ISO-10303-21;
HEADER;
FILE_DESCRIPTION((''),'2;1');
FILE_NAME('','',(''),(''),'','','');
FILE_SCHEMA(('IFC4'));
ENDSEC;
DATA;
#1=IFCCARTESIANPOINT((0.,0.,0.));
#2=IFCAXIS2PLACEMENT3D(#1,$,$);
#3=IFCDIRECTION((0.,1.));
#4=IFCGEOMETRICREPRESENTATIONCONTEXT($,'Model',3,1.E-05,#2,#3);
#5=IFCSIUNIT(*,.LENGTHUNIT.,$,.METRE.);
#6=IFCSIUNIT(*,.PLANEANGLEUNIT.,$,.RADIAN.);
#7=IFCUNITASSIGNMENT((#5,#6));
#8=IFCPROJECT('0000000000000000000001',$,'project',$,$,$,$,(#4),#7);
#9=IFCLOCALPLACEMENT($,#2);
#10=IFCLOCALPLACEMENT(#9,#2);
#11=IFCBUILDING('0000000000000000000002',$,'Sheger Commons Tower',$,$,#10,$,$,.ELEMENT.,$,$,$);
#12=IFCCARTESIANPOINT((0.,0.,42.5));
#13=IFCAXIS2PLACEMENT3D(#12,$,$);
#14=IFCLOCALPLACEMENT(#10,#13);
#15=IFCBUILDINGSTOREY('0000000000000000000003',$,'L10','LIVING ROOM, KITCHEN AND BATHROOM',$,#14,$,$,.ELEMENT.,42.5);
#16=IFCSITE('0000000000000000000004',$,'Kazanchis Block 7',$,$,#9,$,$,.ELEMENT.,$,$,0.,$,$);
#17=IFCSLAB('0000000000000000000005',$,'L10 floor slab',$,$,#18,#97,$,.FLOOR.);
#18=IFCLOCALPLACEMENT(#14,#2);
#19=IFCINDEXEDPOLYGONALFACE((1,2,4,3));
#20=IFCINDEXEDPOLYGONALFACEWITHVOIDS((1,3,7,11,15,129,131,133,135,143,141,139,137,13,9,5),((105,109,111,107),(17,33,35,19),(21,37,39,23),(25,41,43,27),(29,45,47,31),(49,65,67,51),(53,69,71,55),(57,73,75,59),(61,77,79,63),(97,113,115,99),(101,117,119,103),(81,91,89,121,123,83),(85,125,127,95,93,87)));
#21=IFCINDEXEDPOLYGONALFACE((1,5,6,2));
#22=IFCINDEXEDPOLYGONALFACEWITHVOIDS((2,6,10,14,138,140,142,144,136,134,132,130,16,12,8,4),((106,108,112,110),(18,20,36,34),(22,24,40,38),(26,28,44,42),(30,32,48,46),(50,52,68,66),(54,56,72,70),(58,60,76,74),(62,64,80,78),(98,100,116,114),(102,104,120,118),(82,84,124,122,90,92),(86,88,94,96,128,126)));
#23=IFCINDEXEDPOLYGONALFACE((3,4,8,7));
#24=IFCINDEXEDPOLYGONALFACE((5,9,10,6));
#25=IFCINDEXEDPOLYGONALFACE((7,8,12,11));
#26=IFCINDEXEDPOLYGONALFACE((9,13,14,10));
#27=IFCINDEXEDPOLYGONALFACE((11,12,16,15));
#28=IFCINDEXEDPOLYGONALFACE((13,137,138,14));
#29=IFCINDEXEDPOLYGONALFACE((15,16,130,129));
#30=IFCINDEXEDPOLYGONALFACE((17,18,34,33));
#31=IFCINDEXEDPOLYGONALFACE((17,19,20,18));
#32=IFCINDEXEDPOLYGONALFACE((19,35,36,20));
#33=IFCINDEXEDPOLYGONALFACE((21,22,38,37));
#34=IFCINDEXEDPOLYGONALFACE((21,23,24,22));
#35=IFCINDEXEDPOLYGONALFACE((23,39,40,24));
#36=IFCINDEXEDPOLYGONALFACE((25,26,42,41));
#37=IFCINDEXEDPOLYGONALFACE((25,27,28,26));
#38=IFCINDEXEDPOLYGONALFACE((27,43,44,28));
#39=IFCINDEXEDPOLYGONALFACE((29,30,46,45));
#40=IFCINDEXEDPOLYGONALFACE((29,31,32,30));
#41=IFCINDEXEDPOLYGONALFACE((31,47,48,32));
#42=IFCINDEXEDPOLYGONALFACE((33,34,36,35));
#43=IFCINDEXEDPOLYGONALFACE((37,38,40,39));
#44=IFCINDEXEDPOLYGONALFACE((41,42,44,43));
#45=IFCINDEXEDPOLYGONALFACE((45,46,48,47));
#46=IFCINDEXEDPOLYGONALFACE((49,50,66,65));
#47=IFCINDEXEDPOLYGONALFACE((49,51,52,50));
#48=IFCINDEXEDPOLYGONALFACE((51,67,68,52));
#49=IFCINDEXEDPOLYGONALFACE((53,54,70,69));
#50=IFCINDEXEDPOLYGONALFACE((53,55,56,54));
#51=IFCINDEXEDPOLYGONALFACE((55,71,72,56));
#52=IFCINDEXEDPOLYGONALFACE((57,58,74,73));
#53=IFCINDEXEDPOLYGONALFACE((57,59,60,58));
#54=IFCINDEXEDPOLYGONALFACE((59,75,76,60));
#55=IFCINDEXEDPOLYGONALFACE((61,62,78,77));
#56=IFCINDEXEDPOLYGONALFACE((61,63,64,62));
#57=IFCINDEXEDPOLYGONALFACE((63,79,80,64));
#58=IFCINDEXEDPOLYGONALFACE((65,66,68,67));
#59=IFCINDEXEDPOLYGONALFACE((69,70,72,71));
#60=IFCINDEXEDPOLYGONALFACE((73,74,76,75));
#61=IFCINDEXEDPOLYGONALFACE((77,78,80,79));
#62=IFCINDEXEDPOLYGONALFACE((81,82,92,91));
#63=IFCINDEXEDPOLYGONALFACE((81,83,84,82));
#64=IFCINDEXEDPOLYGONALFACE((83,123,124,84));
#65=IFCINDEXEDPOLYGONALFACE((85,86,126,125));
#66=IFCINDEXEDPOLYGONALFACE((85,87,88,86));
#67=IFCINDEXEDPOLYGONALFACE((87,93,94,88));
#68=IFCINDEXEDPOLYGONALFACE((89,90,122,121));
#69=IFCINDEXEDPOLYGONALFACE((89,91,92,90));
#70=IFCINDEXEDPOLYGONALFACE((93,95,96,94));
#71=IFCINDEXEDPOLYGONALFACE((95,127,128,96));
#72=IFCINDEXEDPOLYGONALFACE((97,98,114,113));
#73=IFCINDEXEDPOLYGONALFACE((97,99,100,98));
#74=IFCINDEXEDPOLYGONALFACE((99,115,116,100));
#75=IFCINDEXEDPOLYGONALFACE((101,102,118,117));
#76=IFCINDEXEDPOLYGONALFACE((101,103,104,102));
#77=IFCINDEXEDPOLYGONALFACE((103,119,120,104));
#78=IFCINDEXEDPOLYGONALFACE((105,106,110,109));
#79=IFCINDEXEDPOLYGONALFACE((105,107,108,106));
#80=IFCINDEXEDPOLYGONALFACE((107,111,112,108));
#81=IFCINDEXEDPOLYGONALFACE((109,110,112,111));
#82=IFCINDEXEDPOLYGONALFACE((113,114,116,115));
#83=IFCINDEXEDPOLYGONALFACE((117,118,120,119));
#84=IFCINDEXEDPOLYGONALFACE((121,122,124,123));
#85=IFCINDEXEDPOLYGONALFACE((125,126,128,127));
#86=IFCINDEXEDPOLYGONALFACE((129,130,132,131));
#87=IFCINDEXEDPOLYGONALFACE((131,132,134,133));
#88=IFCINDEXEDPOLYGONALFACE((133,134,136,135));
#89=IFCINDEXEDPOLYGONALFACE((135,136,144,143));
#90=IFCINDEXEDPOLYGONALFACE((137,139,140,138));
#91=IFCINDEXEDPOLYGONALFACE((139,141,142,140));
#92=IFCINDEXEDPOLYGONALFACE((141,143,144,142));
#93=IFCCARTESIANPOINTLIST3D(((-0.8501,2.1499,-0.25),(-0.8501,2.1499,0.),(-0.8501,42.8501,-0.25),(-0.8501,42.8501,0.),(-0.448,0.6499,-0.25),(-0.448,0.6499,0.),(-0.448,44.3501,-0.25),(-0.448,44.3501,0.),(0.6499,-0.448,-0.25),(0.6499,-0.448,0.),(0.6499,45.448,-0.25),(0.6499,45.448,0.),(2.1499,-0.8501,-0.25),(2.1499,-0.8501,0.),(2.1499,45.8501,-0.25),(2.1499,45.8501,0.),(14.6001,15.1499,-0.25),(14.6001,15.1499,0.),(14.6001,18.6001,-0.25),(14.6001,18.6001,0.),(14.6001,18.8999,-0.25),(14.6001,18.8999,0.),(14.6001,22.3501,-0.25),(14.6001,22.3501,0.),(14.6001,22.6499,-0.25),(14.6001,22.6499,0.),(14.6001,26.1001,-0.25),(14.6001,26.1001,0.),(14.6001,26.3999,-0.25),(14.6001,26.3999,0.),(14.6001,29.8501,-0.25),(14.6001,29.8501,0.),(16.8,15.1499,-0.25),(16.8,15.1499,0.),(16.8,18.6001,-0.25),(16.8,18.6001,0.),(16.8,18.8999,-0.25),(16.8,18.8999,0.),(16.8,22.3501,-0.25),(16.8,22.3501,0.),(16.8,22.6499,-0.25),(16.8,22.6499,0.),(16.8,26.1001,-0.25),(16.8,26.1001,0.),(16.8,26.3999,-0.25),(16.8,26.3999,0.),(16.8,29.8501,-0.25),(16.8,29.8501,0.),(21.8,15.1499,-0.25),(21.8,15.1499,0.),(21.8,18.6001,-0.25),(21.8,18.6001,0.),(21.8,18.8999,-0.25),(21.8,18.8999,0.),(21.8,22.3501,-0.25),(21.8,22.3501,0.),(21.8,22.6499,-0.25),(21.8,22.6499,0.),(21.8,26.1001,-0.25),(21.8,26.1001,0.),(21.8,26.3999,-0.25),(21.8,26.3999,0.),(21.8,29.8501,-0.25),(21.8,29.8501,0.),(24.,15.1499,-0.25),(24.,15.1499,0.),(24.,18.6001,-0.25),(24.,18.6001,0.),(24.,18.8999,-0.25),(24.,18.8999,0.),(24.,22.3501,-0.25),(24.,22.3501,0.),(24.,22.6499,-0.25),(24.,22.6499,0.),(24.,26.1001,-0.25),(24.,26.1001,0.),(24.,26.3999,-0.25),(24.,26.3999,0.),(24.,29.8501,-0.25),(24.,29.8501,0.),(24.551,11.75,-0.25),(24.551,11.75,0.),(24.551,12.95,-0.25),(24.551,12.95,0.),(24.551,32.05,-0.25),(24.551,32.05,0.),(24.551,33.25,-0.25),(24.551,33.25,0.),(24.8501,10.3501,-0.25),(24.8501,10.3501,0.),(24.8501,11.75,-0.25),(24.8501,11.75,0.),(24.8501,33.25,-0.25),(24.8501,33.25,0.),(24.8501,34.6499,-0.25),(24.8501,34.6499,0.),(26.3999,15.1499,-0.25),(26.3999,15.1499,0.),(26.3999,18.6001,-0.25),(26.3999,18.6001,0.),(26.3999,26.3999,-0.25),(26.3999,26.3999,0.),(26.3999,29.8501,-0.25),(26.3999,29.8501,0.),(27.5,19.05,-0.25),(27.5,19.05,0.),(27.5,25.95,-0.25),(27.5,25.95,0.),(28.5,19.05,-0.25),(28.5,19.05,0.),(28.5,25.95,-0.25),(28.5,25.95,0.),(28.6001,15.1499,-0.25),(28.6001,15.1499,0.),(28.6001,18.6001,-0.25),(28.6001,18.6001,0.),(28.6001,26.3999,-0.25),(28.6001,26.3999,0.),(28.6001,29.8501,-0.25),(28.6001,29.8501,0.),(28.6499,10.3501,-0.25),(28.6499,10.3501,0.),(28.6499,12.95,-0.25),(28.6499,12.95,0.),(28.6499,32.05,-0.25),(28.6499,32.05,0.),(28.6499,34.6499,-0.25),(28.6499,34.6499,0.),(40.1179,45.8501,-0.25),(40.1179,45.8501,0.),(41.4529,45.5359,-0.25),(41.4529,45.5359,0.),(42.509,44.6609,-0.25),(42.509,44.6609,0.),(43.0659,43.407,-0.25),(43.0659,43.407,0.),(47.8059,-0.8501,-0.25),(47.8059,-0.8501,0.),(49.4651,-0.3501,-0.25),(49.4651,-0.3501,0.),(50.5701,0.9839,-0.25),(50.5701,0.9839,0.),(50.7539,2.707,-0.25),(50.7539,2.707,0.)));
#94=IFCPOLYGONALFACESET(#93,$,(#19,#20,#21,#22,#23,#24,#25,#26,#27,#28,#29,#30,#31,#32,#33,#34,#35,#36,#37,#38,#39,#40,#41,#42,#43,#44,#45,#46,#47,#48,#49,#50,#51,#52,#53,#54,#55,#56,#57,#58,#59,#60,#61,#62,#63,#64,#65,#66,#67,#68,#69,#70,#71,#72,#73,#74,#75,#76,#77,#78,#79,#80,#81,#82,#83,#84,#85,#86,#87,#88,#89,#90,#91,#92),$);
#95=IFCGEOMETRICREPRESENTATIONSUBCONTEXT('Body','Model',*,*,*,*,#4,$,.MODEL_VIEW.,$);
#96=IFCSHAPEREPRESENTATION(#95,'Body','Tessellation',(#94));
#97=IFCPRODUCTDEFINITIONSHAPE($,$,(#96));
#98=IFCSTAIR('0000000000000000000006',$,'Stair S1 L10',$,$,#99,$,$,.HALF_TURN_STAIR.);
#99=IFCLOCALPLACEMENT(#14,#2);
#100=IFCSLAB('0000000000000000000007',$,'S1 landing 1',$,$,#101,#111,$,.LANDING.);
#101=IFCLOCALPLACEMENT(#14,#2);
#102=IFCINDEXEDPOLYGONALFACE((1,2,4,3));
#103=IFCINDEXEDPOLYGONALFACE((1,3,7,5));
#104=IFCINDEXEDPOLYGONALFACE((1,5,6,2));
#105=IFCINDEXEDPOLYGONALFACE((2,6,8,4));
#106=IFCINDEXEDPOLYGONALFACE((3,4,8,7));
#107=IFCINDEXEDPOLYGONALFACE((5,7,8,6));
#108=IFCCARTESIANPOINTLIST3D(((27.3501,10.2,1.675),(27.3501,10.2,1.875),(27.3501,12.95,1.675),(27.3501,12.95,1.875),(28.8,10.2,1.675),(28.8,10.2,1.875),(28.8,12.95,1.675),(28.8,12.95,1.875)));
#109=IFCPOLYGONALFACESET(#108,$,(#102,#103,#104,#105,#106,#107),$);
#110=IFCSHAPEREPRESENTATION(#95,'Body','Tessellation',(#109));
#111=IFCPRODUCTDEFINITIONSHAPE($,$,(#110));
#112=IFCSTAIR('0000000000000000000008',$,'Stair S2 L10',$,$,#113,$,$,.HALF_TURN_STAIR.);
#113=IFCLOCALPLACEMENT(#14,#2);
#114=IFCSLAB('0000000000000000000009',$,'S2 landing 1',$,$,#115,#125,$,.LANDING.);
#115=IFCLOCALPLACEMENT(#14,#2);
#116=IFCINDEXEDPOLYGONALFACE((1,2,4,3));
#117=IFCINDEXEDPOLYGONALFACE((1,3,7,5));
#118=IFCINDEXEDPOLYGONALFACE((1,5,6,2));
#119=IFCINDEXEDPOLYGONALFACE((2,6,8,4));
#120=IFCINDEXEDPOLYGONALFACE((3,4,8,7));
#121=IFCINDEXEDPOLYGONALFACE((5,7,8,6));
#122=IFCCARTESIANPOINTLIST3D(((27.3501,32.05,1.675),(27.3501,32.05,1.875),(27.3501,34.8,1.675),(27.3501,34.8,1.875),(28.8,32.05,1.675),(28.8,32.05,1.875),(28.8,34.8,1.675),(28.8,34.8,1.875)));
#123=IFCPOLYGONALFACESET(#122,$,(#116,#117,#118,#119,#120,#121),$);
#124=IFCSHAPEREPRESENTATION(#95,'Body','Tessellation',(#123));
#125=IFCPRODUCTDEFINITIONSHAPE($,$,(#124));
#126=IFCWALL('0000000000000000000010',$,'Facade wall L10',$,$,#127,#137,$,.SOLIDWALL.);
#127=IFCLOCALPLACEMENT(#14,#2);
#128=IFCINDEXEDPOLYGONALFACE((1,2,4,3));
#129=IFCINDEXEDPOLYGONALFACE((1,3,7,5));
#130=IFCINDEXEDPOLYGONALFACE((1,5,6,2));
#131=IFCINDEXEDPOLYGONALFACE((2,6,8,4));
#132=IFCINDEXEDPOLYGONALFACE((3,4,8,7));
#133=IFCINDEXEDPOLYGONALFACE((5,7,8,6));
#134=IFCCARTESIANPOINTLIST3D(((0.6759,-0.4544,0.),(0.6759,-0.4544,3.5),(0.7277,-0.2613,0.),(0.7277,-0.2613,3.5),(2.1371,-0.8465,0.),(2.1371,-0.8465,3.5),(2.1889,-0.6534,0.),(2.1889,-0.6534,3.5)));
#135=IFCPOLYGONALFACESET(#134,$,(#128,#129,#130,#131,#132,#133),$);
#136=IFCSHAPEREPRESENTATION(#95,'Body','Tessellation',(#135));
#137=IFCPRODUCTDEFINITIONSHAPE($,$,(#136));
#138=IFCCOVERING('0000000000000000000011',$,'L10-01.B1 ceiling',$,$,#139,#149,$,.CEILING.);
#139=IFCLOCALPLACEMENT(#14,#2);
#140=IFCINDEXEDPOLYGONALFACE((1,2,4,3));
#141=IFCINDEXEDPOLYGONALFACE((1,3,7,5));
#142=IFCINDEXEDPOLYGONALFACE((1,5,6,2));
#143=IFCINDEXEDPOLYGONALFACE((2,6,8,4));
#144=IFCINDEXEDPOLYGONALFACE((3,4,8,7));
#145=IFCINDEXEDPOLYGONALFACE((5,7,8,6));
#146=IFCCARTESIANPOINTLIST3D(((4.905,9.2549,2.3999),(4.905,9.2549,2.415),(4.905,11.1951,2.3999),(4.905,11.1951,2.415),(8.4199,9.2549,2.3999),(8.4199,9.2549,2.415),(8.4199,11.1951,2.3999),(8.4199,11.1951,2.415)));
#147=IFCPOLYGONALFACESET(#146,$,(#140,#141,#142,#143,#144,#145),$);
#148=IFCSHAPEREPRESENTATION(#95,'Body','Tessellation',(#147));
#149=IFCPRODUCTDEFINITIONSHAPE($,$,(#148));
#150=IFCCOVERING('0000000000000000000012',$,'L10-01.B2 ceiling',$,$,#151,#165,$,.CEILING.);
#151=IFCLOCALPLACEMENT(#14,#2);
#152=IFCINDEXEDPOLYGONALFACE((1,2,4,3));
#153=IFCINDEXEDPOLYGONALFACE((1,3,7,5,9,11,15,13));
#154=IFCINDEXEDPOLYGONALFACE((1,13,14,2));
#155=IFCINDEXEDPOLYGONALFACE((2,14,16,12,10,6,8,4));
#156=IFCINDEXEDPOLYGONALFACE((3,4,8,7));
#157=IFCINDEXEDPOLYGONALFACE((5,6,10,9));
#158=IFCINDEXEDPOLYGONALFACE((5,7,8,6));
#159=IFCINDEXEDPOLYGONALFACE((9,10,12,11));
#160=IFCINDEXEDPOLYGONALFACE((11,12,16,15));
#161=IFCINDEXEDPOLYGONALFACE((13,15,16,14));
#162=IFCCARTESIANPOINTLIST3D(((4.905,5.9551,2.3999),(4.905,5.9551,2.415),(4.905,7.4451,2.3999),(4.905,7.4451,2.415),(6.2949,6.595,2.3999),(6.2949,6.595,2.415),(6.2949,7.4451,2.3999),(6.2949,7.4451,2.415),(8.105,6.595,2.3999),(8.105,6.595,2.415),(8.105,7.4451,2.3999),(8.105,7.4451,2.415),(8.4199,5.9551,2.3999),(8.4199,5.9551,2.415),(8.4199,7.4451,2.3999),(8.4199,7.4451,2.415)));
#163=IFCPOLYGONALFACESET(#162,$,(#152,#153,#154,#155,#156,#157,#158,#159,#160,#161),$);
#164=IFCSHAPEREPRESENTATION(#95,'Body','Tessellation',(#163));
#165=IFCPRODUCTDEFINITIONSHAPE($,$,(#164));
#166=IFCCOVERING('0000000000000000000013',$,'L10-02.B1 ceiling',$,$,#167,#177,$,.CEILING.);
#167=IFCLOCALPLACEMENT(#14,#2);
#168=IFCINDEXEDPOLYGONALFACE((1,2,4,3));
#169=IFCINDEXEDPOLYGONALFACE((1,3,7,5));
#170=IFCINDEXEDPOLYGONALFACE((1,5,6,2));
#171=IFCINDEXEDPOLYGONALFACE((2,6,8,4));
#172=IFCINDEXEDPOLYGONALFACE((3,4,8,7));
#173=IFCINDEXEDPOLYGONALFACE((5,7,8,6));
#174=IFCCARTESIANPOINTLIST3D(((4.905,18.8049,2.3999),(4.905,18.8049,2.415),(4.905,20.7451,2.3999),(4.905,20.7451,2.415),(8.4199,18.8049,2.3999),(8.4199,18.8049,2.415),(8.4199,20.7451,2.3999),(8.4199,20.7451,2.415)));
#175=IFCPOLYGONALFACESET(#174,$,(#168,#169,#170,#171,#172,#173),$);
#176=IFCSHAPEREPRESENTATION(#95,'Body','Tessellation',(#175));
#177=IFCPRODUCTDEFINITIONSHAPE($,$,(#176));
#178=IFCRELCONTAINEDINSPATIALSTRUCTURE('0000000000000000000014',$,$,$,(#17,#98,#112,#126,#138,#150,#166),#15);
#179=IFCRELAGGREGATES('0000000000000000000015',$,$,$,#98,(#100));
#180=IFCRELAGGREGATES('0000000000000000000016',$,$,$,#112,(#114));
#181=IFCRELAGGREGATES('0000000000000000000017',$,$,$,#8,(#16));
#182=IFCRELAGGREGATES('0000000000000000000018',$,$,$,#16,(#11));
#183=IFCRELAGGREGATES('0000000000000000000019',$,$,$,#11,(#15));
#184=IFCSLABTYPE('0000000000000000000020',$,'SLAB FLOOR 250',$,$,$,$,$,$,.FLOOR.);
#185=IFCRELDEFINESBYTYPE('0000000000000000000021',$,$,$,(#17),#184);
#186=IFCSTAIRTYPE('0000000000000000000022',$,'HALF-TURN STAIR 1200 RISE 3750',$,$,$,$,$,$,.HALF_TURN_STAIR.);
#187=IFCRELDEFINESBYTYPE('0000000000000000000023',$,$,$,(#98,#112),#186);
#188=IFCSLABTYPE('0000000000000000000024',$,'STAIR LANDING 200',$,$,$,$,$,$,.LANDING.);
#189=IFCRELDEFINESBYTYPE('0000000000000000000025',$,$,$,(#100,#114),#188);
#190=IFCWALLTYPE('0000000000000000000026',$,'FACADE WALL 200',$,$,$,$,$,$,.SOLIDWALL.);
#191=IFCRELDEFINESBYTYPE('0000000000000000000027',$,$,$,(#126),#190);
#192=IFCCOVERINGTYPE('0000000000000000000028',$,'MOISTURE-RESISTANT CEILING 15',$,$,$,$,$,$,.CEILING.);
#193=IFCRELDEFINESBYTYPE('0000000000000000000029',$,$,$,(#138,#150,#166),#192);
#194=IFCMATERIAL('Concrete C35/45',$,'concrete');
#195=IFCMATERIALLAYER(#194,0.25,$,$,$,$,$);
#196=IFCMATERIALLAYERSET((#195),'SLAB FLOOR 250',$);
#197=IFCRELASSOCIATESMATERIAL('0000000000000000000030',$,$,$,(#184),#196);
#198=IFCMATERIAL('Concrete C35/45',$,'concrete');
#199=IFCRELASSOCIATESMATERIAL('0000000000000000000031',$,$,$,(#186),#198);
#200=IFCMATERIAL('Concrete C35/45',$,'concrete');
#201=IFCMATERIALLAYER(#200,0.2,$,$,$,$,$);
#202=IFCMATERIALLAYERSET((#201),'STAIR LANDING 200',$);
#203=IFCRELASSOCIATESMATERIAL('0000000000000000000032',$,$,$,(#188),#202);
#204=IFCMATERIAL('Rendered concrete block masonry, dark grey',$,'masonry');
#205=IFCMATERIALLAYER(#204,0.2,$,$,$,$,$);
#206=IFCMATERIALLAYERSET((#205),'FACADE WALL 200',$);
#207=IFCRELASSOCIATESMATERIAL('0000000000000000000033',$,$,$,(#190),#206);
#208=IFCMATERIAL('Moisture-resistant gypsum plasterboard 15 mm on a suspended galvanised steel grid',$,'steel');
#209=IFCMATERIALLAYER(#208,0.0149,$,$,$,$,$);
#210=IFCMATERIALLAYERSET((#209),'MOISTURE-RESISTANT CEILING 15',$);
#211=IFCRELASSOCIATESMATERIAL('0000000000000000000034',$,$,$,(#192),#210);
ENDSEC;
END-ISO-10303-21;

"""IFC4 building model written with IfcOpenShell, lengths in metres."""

from ifc_helpers import new_model, si_unit, direction, frame, frame_2d, origin, place, context, subcontext, project, spatial, polyline, rectangle, outline, extrude, material, layer, layer_set, type_object, element, aggregate, save


model = new_model("IFC4")

# Units and contexts
model_context = context("Model", 3, precision=1e-05, world=origin(), true_north=direction((0.0, 1.0)))
body_context = subcontext(model_context, "Body", "Model", "MODEL_VIEW")
ifc_project = project(units=[si_unit("LENGTHUNIT", "METRE"), si_unit("PLANEANGLEUNIT", "RADIAN")], contexts=[model_context])

# Site, building, storey
site_placement = place(None, origin())
site = spatial("IfcSite", under=ifc_project, at=site_placement, Name="Kazanchis Block 7", CompositionType="ELEMENT", RefElevation=0.0)
building_placement = place(site_placement, origin())
building = spatial("IfcBuilding", under=site, at=building_placement, Name="Sheger Commons Tower", CompositionType="ELEMENT")
storey_placement = place(building_placement, frame((0.0, 0.0, 42.5)))
storey = spatial("IfcBuildingStorey", under=building, at=storey_placement, Name="L10", Description="LIVING ROOM, KITCHEN AND BATHROOM", CompositionType="ELEMENT", Elevation=42.5)

# Slab
ifc_material_1 = material(Name="Concrete C35/45", Category="concrete")
ifc_layer_1 = layer(ifc_material_1, 0.25)
ifc_layer_set_1 = layer_set([ifc_layer_1], Name="SLAB FLOOR 250")
slab_type_1 = type_object("IfcSlabType", Name="SLAB FLOOR 250", PredefinedType="FLOOR", material=ifc_layer_set_1)
slab_1_placement = place(storey_placement, frame((0.0, 0.0, -0.25)))
element("IfcSlab", 1, at=slab_1_placement, inside=storey, type_object=slab_type_1, Name="L10 floor slab", PredefinedType="FLOOR", context=body_context, shape_type="SweptSolid", body=[
    extrude(outline(polyline([(-0.8501, 2.1499), (-0.448, 0.6499), (0.6499, -0.448), (2.1499, -0.8501), (47.8059, -0.8501), (49.4651, -0.3501), (50.5701, 0.9839), (50.7539, 2.707), (43.0659, 43.407), (42.509, 44.6609), (41.4529, 45.5359), (40.1179, 45.8501), (2.1499, 45.8501), (0.6499, 45.448), (-0.448, 44.3501), (-0.8501, 42.8501), (-0.8501, 2.1499)]), holes=[polyline([(24.8501, 10.3501), (28.6499, 10.3501), (28.6499, 12.95), (24.551, 12.95), (24.551, 11.75), (24.8501, 11.75), (24.8501, 10.3501)]), polyline([(24.551, 32.05), (28.6499, 32.05), (28.6499, 34.6499), (24.8501, 34.6499), (24.8501, 33.25), (24.551, 33.25), (24.551, 32.05)]), polyline([(26.3999, 15.1499), (28.6001, 15.1499), (28.6001, 18.6001), (26.3999, 18.6001), (26.3999, 15.1499)]), polyline([(26.3999, 26.3999), (28.6001, 26.3999), (28.6001, 29.8501), (26.3999, 29.8501), (26.3999, 26.3999)]), polyline([(14.6001, 15.1499), (16.8, 15.1499), (16.8, 18.6001), (14.6001, 18.6001), (14.6001, 15.1499)]), polyline([(14.6001, 18.8999), (16.8, 18.8999), (16.8, 22.3501), (14.6001, 22.3501), (14.6001, 18.8999)]), polyline([(14.6001, 22.6499), (16.8, 22.6499), (16.8, 26.1001), (14.6001, 26.1001), (14.6001, 22.6499)]), polyline([(14.6001, 26.3999), (16.8, 26.3999), (16.8, 29.8501), (14.6001, 29.8501), (14.6001, 26.3999)]), polyline([(21.8, 15.1499), (24.0, 15.1499), (24.0, 18.6001), (21.8, 18.6001), (21.8, 15.1499)]), polyline([(21.8, 18.8999), (24.0, 18.8999), (24.0, 22.3501), (21.8, 22.3501), (21.8, 18.8999)]), polyline([(21.8, 22.6499), (24.0, 22.6499), (24.0, 26.1001), (21.8, 26.1001), (21.8, 22.6499)]), polyline([(21.8, 26.3999), (24.0, 26.3999), (24.0, 29.8501), (21.8, 29.8501), (21.8, 26.3999)]), polyline([(27.5, 19.05), (28.5, 19.05), (28.5, 25.95), (27.5, 25.95), (27.5, 19.05)])]), origin(), (0.0, 0.0, 1.0), 0.25),
])

# Stairs, slabs
ifc_material_2 = material(Name="Concrete C35/45", Category="concrete")
stair_type = type_object("IfcStairType", Name="HALF-TURN STAIR 1200 RISE 3750", PredefinedType="HALF_TURN_STAIR", material=ifc_material_2)
stair_1_placement = place(storey_placement, origin())
stair_1 = element("IfcStair", 2, at=stair_1_placement, inside=storey, type_object=stair_type, Name="Stair S1 L10", PredefinedType="HALF_TURN_STAIR")
ifc_material_3 = material(Name="Concrete C35/45", Category="concrete")
ifc_layer_2 = layer(ifc_material_3, 0.2)
ifc_layer_set_2 = layer_set([ifc_layer_2], Name="STAIR LANDING 200")
slab_type_2 = type_object("IfcSlabType", Name="STAIR LANDING 200", PredefinedType="LANDING", material=ifc_layer_set_2)
slab_2_placement = place(storey_placement, frame((0.0, 0.0, 1.675)))
slab_2 = element("IfcSlab", 3, at=slab_2_placement, type_object=slab_type_2, Name="S1 landing 1", PredefinedType="LANDING", context=body_context, shape_type="SweptSolid", body=[
    extrude(outline(polyline([(27.3501, 10.2), (28.8, 10.2), (28.8, 12.95), (27.3501, 12.95), (27.3501, 10.2)])), origin(), (0.0, 0.0, 1.0), 0.2),
])
aggregate(stair_1, [slab_2])
stair_2_placement = place(storey_placement, origin())
stair_2 = element("IfcStair", 4, at=stair_2_placement, inside=storey, type_object=stair_type, Name="Stair S2 L10", PredefinedType="HALF_TURN_STAIR")
slab_3_placement = place(storey_placement, frame((0.0, 0.0, 1.675)))
slab_3 = element("IfcSlab", 5, at=slab_3_placement, type_object=slab_type_2, Name="S2 landing 1", PredefinedType="LANDING", context=body_context, shape_type="SweptSolid", body=[
    extrude(outline(polyline([(27.3501, 32.05), (28.8, 32.05), (28.8, 34.8), (27.3501, 34.8), (27.3501, 32.05)])), origin(), (0.0, 0.0, 1.0), 0.2),
])
aggregate(stair_2, [slab_3])

# Wall
ifc_material_4 = material(Name="Rendered concrete block masonry, dark grey", Category="masonry")
ifc_layer_3 = layer(ifc_material_4, 0.2)
ifc_layer_set_3 = layer_set([ifc_layer_3], Name="FACADE WALL 200")
wall_type = type_object("IfcWallType", Name="FACADE WALL 200", PredefinedType="SOLIDWALL", material=ifc_layer_set_3)
wall_placement = place(storey_placement, frame((0.7019, -0.3579, 0.0), z_axis=(0.0, 0.0, 1.0), x_axis=(0.965832, -0.259169, 0.0)))
element("IfcWall", 6, at=wall_placement, inside=storey, type_object=wall_type, Name="Facade wall L10", PredefinedType="SOLIDWALL", context=body_context, shape_type="SweptSolid", body=[
    extrude(rectangle(XDim=1.5129, YDim=0.2, at=frame_2d((0.7563, 0.0))), origin(), (0.0, 0.0, 1.0), 3.5),
])

# Coverings
ifc_material_5 = material(Name="Moisture-resistant gypsum plasterboard 15 mm on a suspended galvanised steel grid", Category="steel")
ifc_layer_4 = layer(ifc_material_5, 0.0149)
ifc_layer_set_4 = layer_set([ifc_layer_4], Name="MOISTURE-RESISTANT CEILING 15")
covering_type_1 = type_object("IfcCoveringType", Name="MOISTURE-RESISTANT CEILING 15", PredefinedType="CEILING", material=ifc_layer_set_4)
covering_1_placement = place(storey_placement, frame((0.0, 0.0, 2.3999)))
element("IfcCovering", 7, at=covering_1_placement, inside=storey, type_object=covering_type_1, Name="L10-01.B1 ceiling", PredefinedType="CEILING", context=body_context, shape_type="SweptSolid", body=[
    extrude(outline(polyline([(4.905, 9.2549), (8.4199, 9.2549), (8.4199, 11.1951), (4.905, 11.1951), (4.905, 9.2549)])), origin(), (0.0, 0.0, 1.0), 0.0151),
])
covering_2_placement = place(storey_placement, frame((0.0, 0.0, 2.3999)))
element("IfcCovering", 8, at=covering_2_placement, inside=storey, type_object=covering_type_1, Name="L10-01.B2 ceiling", PredefinedType="CEILING", context=body_context, shape_type="SweptSolid", body=[
    extrude(outline(polyline([(4.905, 5.9551), (8.4199, 5.9551), (8.4199, 7.4451), (8.105, 7.4451), (8.105, 6.595), (6.2949, 6.595), (6.2949, 7.4451), (4.905, 7.4451), (4.905, 5.9551)])), origin(), (0.0, 0.0, 1.0), 0.0151),
])
covering_3_placement = place(storey_placement, frame((0.0, 0.0, 2.3999)))
element("IfcCovering", 9, at=covering_3_placement, inside=storey, type_object=covering_type_1, Name="L10-02.B1 ceiling", PredefinedType="CEILING", context=body_context, shape_type="SweptSolid", body=[
    extrude(outline(polyline([(4.905, 18.8049), (8.4199, 18.8049), (8.4199, 20.7451), (4.905, 20.7451), (4.905, 18.8049)])), origin(), (0.0, 0.0, 1.0), 0.0151),
])

save(model, "model.ifc")
